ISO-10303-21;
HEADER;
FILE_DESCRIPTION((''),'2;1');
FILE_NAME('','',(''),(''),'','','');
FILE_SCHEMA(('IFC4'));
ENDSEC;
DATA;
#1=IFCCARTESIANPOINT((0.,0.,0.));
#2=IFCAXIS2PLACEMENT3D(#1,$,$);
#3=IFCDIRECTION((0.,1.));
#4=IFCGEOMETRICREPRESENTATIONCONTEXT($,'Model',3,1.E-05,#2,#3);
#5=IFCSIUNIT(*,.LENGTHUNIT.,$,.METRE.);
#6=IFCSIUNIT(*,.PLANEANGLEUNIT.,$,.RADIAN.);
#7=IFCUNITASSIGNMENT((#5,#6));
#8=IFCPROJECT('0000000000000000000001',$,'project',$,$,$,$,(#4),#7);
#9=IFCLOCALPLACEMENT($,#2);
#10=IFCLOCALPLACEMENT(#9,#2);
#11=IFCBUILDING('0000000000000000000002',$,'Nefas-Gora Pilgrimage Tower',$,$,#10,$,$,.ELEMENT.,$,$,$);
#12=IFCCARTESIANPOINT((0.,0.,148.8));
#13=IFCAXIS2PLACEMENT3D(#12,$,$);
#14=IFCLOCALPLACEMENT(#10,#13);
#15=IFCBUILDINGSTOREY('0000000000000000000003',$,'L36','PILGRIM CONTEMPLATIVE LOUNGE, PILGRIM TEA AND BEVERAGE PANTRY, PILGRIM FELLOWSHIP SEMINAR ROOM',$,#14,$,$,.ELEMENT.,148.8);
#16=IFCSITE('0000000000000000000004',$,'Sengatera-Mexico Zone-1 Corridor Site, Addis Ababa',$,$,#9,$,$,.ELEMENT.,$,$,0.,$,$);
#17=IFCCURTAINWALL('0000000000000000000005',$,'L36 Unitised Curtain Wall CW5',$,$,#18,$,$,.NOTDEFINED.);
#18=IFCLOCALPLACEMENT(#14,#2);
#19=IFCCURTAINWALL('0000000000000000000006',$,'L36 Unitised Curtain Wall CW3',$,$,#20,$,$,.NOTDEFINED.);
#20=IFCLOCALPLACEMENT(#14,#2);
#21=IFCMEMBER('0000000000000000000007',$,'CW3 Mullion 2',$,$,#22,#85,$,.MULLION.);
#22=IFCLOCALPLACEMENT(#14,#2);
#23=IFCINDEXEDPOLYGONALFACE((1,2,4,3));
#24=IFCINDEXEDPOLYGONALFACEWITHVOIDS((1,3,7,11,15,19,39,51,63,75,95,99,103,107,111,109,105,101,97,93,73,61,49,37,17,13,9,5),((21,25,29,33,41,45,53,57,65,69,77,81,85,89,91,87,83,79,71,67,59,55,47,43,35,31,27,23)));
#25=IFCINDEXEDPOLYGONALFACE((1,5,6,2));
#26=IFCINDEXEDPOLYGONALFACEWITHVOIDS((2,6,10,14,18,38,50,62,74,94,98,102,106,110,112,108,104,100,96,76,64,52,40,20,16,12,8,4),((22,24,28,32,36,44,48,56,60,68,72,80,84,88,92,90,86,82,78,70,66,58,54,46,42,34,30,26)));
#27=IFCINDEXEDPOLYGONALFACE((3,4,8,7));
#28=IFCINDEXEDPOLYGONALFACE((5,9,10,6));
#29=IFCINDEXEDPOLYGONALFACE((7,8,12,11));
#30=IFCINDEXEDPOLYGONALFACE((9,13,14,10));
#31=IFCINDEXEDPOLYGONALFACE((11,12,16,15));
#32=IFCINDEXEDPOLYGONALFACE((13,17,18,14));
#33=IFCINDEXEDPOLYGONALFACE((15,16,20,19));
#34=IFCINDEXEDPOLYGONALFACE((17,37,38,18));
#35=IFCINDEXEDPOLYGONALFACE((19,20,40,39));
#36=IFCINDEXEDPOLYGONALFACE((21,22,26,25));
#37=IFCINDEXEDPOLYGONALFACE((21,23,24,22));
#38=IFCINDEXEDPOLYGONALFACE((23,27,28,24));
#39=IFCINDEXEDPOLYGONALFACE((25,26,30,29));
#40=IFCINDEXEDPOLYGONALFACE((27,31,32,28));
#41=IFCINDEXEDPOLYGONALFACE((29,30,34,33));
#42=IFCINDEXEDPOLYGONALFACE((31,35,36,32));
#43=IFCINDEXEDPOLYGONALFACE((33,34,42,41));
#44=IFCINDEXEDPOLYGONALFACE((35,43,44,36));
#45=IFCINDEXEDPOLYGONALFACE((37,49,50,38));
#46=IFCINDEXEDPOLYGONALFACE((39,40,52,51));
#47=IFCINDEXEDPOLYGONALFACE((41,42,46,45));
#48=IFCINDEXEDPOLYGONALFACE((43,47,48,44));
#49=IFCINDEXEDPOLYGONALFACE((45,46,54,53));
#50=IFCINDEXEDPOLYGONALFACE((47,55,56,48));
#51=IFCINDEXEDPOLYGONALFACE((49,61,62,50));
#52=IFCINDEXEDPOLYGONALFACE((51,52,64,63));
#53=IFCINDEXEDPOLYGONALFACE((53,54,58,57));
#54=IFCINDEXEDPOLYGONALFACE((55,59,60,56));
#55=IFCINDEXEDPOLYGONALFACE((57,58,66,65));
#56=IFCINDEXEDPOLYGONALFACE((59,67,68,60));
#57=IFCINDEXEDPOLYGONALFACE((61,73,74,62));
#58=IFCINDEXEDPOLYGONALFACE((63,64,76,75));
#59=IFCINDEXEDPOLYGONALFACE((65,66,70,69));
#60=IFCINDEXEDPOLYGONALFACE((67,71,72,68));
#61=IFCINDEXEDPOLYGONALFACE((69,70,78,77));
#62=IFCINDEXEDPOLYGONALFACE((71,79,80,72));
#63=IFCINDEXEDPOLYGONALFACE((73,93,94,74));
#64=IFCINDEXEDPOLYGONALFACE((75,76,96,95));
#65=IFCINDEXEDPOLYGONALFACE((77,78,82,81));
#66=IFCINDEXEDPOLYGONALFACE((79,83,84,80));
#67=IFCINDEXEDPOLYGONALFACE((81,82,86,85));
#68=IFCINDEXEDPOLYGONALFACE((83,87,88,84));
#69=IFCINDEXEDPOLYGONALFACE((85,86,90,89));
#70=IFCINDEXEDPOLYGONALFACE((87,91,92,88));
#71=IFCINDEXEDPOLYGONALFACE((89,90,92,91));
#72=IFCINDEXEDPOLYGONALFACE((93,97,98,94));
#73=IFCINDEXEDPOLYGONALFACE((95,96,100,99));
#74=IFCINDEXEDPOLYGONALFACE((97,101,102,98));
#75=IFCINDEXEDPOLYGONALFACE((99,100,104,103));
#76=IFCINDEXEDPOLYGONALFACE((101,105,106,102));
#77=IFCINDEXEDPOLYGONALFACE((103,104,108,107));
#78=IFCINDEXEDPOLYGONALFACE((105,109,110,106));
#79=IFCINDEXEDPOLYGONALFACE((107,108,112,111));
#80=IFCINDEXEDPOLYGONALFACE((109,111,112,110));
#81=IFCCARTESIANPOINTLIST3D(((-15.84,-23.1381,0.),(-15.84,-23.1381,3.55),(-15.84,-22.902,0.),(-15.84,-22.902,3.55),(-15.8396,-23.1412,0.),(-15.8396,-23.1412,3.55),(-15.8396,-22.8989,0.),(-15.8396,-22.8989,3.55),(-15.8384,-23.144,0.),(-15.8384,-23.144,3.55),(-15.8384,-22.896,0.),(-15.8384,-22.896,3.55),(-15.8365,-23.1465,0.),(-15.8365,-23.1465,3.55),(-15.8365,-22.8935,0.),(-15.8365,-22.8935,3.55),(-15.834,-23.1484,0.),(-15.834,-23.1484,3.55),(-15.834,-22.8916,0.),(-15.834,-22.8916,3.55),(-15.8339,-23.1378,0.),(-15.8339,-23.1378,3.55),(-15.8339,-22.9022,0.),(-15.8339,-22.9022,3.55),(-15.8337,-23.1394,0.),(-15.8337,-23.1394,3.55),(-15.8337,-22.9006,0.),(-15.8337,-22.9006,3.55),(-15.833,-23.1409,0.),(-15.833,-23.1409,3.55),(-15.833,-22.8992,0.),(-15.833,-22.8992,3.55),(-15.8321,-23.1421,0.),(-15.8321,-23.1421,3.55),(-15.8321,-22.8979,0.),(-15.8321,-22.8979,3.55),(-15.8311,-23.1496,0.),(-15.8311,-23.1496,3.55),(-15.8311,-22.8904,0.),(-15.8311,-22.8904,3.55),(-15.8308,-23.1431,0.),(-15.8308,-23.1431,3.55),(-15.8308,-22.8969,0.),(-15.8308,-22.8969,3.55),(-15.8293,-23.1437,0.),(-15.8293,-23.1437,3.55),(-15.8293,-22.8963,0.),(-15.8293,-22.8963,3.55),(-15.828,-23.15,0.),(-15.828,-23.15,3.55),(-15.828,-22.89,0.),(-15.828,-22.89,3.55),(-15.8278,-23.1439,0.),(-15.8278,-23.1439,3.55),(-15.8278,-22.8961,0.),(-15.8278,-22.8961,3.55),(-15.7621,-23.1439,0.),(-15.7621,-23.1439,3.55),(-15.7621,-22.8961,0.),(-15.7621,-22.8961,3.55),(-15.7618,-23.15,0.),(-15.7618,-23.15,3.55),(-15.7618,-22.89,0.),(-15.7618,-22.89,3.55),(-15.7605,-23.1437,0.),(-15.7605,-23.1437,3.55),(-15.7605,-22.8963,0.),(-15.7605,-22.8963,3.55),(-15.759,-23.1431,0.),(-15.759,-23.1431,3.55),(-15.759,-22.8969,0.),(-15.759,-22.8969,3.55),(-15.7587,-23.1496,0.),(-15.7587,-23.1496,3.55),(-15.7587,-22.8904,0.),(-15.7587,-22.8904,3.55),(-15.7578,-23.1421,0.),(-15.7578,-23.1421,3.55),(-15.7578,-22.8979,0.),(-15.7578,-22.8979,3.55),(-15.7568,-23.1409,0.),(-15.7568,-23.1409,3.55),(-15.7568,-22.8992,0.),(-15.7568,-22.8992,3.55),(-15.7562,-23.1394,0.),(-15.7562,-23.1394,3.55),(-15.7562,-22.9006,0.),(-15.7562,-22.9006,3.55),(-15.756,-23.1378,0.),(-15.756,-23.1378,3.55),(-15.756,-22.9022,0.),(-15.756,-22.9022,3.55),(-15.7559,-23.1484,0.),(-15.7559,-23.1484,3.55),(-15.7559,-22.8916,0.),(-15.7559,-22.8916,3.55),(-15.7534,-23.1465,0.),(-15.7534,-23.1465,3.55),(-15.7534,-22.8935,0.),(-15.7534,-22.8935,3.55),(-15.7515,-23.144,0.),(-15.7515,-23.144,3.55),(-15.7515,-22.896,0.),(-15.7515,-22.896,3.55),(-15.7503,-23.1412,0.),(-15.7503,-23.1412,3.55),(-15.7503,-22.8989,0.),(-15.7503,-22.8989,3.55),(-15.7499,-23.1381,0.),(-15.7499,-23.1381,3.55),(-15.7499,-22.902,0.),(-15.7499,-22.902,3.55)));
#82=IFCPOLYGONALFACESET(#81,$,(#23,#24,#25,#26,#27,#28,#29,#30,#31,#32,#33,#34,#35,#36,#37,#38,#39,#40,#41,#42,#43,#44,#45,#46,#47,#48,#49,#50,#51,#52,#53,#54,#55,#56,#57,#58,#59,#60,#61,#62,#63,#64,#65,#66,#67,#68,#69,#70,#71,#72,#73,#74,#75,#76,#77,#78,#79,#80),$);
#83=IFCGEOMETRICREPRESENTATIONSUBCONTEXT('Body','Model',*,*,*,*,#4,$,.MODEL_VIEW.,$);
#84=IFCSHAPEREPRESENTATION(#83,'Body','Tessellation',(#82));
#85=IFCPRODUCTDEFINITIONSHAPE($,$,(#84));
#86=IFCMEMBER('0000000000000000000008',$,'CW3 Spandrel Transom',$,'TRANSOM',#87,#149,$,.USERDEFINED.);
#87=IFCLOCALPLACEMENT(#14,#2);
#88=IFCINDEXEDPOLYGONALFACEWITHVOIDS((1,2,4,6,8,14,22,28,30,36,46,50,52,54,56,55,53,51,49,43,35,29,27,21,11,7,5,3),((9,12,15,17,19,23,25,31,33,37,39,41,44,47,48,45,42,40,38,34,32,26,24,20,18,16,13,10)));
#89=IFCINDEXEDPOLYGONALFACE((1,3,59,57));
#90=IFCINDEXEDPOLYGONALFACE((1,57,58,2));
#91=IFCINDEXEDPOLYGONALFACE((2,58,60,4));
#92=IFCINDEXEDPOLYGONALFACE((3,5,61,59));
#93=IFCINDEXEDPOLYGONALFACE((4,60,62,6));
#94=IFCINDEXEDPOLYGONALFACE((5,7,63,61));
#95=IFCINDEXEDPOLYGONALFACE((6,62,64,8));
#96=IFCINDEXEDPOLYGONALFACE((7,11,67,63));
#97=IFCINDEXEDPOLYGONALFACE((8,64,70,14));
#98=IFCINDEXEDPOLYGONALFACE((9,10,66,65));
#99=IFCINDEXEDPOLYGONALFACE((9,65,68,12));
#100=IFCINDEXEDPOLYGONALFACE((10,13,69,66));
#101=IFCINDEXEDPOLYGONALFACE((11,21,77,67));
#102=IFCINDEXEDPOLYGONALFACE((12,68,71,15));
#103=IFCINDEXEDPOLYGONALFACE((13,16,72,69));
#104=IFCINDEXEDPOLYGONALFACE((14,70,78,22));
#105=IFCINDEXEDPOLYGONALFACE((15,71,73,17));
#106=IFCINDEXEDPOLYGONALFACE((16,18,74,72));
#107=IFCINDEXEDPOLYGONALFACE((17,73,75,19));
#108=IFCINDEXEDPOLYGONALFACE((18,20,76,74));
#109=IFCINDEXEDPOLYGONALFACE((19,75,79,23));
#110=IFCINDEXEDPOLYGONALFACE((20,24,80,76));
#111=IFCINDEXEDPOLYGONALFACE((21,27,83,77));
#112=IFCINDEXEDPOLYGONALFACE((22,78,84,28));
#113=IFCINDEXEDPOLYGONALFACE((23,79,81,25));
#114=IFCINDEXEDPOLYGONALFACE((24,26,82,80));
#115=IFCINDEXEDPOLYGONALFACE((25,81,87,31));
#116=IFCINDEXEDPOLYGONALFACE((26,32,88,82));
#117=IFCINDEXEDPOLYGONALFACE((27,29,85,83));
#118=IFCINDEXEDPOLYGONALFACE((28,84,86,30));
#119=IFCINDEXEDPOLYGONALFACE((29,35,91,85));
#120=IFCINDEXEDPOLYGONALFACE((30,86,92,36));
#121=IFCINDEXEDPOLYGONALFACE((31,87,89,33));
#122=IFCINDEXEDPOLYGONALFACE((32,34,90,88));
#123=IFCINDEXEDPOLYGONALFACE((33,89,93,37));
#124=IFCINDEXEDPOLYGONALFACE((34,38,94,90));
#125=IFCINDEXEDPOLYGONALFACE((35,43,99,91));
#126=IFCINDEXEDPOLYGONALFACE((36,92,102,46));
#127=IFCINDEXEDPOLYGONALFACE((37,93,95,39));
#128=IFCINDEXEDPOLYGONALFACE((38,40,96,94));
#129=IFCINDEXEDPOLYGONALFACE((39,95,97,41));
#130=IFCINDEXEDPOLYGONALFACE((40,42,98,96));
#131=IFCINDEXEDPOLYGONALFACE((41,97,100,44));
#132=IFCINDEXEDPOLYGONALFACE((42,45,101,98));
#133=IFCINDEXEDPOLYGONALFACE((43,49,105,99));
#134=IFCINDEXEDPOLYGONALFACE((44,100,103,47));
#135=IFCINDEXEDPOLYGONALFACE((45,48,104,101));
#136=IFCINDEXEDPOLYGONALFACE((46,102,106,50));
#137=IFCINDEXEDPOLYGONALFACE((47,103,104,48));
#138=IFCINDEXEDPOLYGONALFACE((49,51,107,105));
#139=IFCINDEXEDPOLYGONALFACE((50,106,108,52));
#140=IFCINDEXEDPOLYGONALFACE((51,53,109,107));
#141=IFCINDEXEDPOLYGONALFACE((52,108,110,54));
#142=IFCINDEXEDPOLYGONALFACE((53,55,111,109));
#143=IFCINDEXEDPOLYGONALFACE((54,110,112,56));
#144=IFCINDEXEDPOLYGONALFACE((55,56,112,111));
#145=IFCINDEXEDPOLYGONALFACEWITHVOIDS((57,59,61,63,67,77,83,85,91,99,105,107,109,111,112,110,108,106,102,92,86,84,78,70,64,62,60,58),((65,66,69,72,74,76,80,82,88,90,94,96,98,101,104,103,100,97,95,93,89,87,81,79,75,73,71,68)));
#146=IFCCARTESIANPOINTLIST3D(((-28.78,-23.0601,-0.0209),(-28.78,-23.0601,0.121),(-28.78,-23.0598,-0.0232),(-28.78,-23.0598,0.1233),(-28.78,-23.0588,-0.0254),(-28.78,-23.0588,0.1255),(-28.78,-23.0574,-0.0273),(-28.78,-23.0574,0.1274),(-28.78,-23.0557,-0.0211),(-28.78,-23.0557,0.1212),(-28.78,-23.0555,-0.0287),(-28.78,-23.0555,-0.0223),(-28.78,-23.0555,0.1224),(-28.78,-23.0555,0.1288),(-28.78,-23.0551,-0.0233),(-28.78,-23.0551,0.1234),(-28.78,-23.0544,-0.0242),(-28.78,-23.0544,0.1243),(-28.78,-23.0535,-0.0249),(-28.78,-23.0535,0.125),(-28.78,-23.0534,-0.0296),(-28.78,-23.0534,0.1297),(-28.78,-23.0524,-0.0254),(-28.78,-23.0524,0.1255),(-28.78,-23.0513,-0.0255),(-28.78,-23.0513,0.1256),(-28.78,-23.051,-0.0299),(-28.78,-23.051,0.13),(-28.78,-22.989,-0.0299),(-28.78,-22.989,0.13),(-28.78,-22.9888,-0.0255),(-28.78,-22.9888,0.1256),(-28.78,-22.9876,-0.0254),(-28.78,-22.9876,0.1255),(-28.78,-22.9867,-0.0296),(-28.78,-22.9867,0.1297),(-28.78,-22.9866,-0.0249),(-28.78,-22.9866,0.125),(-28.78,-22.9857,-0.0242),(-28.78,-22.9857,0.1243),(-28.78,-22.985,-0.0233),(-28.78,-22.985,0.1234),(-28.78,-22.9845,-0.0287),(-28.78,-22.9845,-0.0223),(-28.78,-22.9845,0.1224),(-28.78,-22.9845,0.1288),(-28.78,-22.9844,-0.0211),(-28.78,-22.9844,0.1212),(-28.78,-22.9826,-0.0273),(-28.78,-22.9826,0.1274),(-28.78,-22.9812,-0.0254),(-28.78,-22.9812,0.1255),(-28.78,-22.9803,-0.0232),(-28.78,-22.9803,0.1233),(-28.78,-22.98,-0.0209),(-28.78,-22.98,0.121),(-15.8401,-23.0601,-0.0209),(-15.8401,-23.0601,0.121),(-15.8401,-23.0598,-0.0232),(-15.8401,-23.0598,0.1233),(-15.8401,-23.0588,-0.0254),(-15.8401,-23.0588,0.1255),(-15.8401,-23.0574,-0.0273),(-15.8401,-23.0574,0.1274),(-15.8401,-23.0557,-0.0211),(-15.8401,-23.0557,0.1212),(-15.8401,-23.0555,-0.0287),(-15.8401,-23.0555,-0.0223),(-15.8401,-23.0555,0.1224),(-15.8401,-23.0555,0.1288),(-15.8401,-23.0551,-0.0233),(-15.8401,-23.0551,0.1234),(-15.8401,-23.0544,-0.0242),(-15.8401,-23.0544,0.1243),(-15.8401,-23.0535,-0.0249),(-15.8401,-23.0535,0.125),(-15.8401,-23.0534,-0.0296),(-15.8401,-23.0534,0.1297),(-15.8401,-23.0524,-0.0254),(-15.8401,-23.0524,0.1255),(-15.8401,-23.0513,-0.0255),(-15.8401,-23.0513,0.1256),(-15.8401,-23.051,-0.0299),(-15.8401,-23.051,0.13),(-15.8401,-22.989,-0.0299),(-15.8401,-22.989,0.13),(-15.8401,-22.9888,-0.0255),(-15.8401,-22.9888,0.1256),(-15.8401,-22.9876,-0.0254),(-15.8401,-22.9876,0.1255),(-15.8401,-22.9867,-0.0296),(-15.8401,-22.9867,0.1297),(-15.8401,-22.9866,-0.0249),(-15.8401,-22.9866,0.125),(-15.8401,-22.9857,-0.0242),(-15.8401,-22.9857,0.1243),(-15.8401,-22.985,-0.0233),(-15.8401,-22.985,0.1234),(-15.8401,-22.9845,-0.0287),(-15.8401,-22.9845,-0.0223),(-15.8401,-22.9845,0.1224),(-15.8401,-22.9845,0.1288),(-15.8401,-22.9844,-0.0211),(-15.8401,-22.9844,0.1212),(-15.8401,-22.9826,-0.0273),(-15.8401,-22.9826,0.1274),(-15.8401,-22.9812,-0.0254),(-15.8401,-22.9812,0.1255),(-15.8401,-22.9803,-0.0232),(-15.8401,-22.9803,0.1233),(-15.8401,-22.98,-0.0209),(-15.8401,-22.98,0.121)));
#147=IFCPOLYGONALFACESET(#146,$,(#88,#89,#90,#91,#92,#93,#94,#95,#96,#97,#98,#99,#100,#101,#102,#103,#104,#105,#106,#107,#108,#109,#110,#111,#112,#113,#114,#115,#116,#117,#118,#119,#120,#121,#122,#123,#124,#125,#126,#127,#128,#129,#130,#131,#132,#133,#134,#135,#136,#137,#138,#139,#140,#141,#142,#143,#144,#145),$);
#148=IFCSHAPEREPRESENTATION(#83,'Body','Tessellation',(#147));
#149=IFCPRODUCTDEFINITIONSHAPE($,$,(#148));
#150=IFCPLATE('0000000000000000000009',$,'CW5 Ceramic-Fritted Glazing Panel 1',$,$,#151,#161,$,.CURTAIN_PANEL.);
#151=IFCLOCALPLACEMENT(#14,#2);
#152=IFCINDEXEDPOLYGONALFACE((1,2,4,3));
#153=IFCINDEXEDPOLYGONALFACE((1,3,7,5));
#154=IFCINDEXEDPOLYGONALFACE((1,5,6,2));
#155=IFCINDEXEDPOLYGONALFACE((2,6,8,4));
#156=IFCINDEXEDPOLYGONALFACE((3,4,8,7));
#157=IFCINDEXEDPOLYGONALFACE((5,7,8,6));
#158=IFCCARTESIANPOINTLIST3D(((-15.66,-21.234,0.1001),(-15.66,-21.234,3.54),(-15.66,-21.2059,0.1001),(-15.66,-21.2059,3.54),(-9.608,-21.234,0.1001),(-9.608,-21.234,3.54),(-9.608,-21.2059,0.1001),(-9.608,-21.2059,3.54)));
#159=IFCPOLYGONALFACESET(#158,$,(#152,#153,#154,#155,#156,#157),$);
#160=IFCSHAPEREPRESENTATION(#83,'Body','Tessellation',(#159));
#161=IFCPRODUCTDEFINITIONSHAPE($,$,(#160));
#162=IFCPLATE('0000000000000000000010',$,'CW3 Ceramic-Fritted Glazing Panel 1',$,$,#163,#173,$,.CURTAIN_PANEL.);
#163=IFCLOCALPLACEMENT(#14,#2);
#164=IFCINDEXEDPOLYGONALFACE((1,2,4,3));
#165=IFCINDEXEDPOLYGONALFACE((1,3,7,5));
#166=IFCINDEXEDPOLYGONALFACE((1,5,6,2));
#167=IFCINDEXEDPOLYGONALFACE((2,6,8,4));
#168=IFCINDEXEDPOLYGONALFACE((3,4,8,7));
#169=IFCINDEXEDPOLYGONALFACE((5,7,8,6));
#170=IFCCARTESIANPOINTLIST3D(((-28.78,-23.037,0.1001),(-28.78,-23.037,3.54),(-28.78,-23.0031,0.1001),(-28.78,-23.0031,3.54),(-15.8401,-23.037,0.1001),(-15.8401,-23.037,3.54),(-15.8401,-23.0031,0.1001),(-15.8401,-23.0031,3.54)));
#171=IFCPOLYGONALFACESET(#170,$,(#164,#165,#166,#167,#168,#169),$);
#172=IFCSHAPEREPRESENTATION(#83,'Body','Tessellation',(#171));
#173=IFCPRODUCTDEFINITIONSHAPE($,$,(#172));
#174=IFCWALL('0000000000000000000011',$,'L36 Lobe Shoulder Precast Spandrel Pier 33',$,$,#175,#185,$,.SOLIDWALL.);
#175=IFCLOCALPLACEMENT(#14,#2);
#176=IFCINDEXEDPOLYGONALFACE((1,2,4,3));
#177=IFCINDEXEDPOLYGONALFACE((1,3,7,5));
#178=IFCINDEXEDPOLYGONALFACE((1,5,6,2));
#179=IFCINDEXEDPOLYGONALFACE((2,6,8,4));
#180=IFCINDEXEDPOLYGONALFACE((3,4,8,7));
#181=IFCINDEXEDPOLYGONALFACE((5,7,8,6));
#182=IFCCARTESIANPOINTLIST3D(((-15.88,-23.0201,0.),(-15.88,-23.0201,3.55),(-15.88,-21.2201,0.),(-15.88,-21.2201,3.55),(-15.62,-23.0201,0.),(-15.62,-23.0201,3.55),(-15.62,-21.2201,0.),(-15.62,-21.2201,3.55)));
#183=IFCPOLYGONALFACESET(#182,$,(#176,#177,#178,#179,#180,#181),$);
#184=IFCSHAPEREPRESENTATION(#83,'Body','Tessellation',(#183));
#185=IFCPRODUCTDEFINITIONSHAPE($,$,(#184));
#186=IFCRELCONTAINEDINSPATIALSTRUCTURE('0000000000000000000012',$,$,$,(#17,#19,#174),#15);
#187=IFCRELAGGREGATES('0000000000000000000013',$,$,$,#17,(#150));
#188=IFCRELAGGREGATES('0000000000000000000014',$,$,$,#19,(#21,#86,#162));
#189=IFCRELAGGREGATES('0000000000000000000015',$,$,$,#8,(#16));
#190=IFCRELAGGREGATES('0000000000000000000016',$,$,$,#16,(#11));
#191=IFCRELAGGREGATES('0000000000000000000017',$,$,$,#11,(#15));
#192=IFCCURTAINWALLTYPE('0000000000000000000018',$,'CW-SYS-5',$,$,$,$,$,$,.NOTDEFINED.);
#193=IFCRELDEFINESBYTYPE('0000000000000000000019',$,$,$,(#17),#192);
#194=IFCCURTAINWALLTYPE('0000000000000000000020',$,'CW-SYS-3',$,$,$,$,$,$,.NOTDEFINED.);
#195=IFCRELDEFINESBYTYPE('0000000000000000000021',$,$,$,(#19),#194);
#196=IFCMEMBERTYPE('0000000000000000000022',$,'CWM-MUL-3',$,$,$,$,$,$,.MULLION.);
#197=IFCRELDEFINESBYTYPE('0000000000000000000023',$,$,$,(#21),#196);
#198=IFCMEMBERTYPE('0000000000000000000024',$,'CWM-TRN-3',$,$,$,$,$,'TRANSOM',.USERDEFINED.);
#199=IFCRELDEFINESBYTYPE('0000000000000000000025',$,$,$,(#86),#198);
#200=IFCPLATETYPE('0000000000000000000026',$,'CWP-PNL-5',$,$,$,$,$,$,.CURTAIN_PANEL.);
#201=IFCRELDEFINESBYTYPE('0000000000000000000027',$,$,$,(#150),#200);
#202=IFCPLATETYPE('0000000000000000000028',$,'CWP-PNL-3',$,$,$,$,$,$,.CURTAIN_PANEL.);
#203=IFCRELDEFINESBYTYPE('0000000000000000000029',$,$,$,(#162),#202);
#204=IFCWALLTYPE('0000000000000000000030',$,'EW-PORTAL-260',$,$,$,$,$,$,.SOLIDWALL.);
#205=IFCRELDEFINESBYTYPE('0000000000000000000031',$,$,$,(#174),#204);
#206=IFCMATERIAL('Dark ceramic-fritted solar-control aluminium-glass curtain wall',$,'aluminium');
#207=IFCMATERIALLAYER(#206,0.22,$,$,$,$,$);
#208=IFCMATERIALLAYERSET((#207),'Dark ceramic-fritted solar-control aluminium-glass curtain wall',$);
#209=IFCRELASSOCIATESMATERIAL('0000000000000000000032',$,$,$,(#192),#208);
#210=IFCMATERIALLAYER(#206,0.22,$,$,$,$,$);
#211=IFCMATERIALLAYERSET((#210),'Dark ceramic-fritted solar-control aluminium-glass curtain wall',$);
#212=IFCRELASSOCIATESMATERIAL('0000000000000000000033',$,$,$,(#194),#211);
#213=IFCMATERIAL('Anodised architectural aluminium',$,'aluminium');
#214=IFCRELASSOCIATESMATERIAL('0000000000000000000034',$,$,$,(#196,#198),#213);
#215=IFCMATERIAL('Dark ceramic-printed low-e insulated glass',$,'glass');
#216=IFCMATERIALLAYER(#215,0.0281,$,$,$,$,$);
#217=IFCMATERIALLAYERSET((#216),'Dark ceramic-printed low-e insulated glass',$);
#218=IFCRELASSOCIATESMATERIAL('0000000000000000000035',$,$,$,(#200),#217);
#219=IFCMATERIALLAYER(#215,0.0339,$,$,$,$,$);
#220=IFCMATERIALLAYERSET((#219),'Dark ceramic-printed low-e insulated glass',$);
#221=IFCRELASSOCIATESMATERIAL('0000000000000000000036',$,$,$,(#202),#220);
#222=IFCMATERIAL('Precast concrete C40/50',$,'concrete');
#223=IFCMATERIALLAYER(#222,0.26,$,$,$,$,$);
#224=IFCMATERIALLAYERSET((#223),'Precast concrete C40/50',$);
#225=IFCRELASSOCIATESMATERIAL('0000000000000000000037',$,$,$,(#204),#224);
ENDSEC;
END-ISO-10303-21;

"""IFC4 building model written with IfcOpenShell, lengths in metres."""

from ifc_helpers import new_model, si_unit, direction, frame, frame_2d, origin, origin_2d, place, context, subcontext, project, spatial, rectangle, hollow_rectangle, extrude, source, transform, mapped, material, layer, layer_set, material_profile, profile_set, type_object, element, aggregate, save


model = new_model("IFC4")

# Units and contexts
model_context = context("Model", 3, precision=1e-05, world=origin(), true_north=direction((0.0, 1.0)))
body_context = subcontext(model_context, "Body", "Model", "MODEL_VIEW")
ifc_project = project(units=[si_unit("LENGTHUNIT", "METRE"), si_unit("PLANEANGLEUNIT", "RADIAN")], contexts=[model_context])

# Site, building, storey
site_placement = place(None, origin())
site = spatial("IfcSite", under=ifc_project, at=site_placement, Name="Sengatera-Mexico Zone-1 Corridor Site, Addis Ababa", CompositionType="ELEMENT", RefElevation=0.0)
building_placement = place(site_placement, origin())
building = spatial("IfcBuilding", under=site, at=building_placement, Name="Nefas-Gora Pilgrimage Tower", CompositionType="ELEMENT")
storey_placement = place(building_placement, frame((0.0, 0.0, 148.8)))
storey = spatial("IfcBuildingStorey", under=building, at=storey_placement, Name="L36", Description="PILGRIM CONTEMPLATIVE LOUNGE, PILGRIM TEA AND BEVERAGE PANTRY, PILGRIM FELLOWSHIP SEMINAR ROOM", CompositionType="ELEMENT", Elevation=148.8)

# Curtain wall
ifc_material_1 = material(Name="Dark ceramic-fritted solar-control aluminium-glass curtain wall", Category="aluminium")
ifc_layer_1 = layer(ifc_material_1, 0.22)
ifc_layer_set_1 = layer_set([ifc_layer_1], Name="Dark ceramic-fritted solar-control aluminium-glass curtain wall")
curtain_wall_type_1 = type_object("IfcCurtainWallType", Name="CW-SYS-5", PredefinedType="NOTDEFINED", material=ifc_layer_set_1)
curtain_wall_1_placement = place(storey_placement, origin())
curtain_wall_1 = element("IfcCurtainWall", 1, at=curtain_wall_1_placement, inside=storey, type_object=curtain_wall_type_1, Name="L36 Unitised Curtain Wall CW5", PredefinedType="NOTDEFINED")
ifc_material_2 = material(Name="Anodised architectural aluminium", Category="aluminium")

# Shared definitions
ifc_layer_2 = layer(ifc_material_1, 0.22)
ifc_layer_set_2 = layer_set([ifc_layer_2], Name="Dark ceramic-fritted solar-control aluminium-glass curtain wall")
curtain_wall_type_2 = type_object("IfcCurtainWallType", Name="CW-SYS-3", PredefinedType="NOTDEFINED", material=ifc_layer_set_2)
ifc_material_profile_1 = material_profile(ifc_material_2, hollow_rectangle(XDim=0.0901, YDim=0.26, WallThickness=0.0061, InnerFilletRadius=0.0061, OuterFilletRadius=0.012, at=origin_2d()), Name="ALU MULLION 90x260")
ifc_profile_set_1 = profile_set([ifc_material_profile_1], Name="Anodised architectural aluminium")
member_type_1 = type_object("IfcMemberType", Name="CWM-MUL-3", PredefinedType="MULLION", material=ifc_profile_set_1)
shared_shape_1 = source(origin(), body_context, "Body", "SweptSolid", [
    extrude(hollow_rectangle(XDim=0.0901, YDim=0.26, WallThickness=0.0061, InnerFilletRadius=0.0061, OuterFilletRadius=0.012, at=origin_2d()), origin(), (0.0, 0.0, 1.0), 3.55),
])

# Curtain wall, members
curtain_wall_2_placement = place(storey_placement, origin())
curtain_wall_2 = element("IfcCurtainWall", 2, at=curtain_wall_2_placement, inside=storey, type_object=curtain_wall_type_2, Name="L36 Unitised Curtain Wall CW3", PredefinedType="NOTDEFINED")
member_1_placement = place(storey_placement, frame((-15.7949, -23.02, 0.0), z_axis=(0.0, 0.0, 1.0), x_axis=(1.0, 0.0, 0.0)))
member_1 = element("IfcMember", 3, at=member_1_placement, type_object=member_type_1, Name="CW3 Mullion 2", PredefinedType="MULLION", context=body_context, shape_type="MappedRepresentation", body=[
    mapped(shared_shape_1, transform((0.0, 0.0, 0.0), x_axis=(1.0, 0.0, 0.0), y_axis=(0.0, 1.0, 0.0), z_axis=(0.0, 0.0, 1.0), scale=1.0)),
])
ifc_material_profile_2 = material_profile(ifc_material_2, hollow_rectangle(XDim=0.0801, YDim=0.1599, WallThickness=0.0044, InnerFilletRadius=0.0044, OuterFilletRadius=0.009, at=origin_2d()), Name="ALU TRANSOM 80x160")
ifc_profile_set_2 = profile_set([ifc_material_profile_2], Name="Anodised architectural aluminium")
member_type_2 = type_object("IfcMemberType", Name="CWM-TRN-3", ElementType="TRANSOM", PredefinedType="USERDEFINED", material=ifc_profile_set_2)
shared_shape_2 = source(origin(), body_context, "Body", "SweptSolid", [
    extrude(hollow_rectangle(XDim=0.0801, YDim=0.1599, WallThickness=0.0044, InnerFilletRadius=0.0044, OuterFilletRadius=0.009, at=origin_2d()), origin(), (0.0, 0.0, 1.0), 12.9399),
])
member_2_placement = place(storey_placement, frame((-28.78, -23.02, 0.05), z_axis=(1.0, 0.0, 0.0), x_axis=(0.0, 1.0, 0.0)))
member_2 = element("IfcMember", 4, at=member_2_placement, type_object=member_type_2, Name="CW3 Spandrel Transom", ObjectType="TRANSOM", PredefinedType="USERDEFINED", context=body_context, shape_type="MappedRepresentation", body=[
    mapped(shared_shape_2, transform((0.0, 0.0, 0.0), x_axis=(1.0, 0.0, 0.0), y_axis=(0.0, 1.0, 0.0), z_axis=(0.0, 0.0, 1.0), scale=1.0)),
])

# Plates
ifc_material_3 = material(Name="Dark ceramic-printed low-e insulated glass", Category="glass")
ifc_layer_3 = layer(ifc_material_3, 0.0281)
ifc_layer_set_3 = layer_set([ifc_layer_3], Name="Dark ceramic-printed low-e insulated glass")
plate_type_1 = type_object("IfcPlateType", Name="CWP-PNL-5", PredefinedType="CURTAIN_PANEL", material=ifc_layer_set_3)
shared_shape_3 = source(origin(), body_context, "Body", "SweptSolid", [
    extrude(rectangle(XDim=6.052, YDim=0.0281, at=origin_2d()), origin(), (0.0, 0.0, 1.0), 3.4399),
])
plate_1_placement = place(storey_placement, frame((-12.634, -21.22, 0.1001), z_axis=(0.0, 0.0, 1.0), x_axis=(1.0, 0.0, 0.0)))
plate_1 = element("IfcPlate", 5, at=plate_1_placement, type_object=plate_type_1, Name="CW5 Ceramic-Fritted Glazing Panel 1", PredefinedType="CURTAIN_PANEL", context=body_context, shape_type="MappedRepresentation", body=[
    mapped(shared_shape_3, transform((0.0, 0.0, 0.0), x_axis=(1.0, 0.0, 0.0), y_axis=(0.0, 1.0, 0.0), z_axis=(0.0, 0.0, 1.0), scale=1.0)),
])
aggregate(curtain_wall_1, [plate_1])
ifc_layer_4 = layer(ifc_material_3, 0.0339)
ifc_layer_set_4 = layer_set([ifc_layer_4], Name="Dark ceramic-printed low-e insulated glass")
plate_type_2 = type_object("IfcPlateType", Name="CWP-PNL-3", PredefinedType="CURTAIN_PANEL", material=ifc_layer_set_4)
shared_shape_4 = source(origin(), body_context, "Body", "SweptSolid", [
    extrude(rectangle(XDim=12.9399, YDim=0.0339, at=origin_2d()), origin(), (0.0, 0.0, 1.0), 3.4399),
])
plate_2_placement = place(storey_placement, frame((-22.3101, -23.02, 0.1001), z_axis=(0.0, 0.0, 1.0), x_axis=(1.0, 0.0, 0.0)))
plate_2 = element("IfcPlate", 6, at=plate_2_placement, type_object=plate_type_2, Name="CW3 Ceramic-Fritted Glazing Panel 1", PredefinedType="CURTAIN_PANEL", context=body_context, shape_type="MappedRepresentation", body=[
    mapped(shared_shape_4, transform((0.0, 0.0, 0.0), x_axis=(1.0, 0.0, 0.0), y_axis=(0.0, 1.0, 0.0), z_axis=(0.0, 0.0, 1.0), scale=1.0)),
])
aggregate(curtain_wall_2, [member_1, member_2, plate_2])

# Wall
ifc_material_4 = material(Name="Precast concrete C40/50", Category="concrete")
ifc_layer_5 = layer(ifc_material_4, 0.26)
ifc_layer_set_5 = layer_set([ifc_layer_5], Name="Precast concrete C40/50")
wall_type_1 = type_object("IfcWallType", Name="EW-PORTAL-260", PredefinedType="SOLIDWALL", material=ifc_layer_set_5)
shared_shape_5 = source(origin(), body_context, "Body", "SweptSolid", [
    extrude(rectangle(XDim=1.8, YDim=0.26, at=frame_2d((0.8999, 0.0))), origin(), (0.0, 0.0, 1.0), 3.55),
])
wall_1_placement = place(storey_placement, frame((-15.75, -23.02, 0.0), z_axis=(0.0, 0.0, 1.0), x_axis=(0.0, 1.0, 0.0)))
element("IfcWall", 7, at=wall_1_placement, inside=storey, type_object=wall_type_1, Name="L36 Lobe Shoulder Precast Spandrel Pier 33", PredefinedType="SOLIDWALL", context=body_context, shape_type="MappedRepresentation", body=[
    mapped(shared_shape_5, transform((0.0, 0.0, 0.0), x_axis=(1.0, 0.0, 0.0), y_axis=(0.0, 1.0, 0.0), z_axis=(0.0, 0.0, 1.0), scale=1.0)),
])

save(model, "model.ifc")
